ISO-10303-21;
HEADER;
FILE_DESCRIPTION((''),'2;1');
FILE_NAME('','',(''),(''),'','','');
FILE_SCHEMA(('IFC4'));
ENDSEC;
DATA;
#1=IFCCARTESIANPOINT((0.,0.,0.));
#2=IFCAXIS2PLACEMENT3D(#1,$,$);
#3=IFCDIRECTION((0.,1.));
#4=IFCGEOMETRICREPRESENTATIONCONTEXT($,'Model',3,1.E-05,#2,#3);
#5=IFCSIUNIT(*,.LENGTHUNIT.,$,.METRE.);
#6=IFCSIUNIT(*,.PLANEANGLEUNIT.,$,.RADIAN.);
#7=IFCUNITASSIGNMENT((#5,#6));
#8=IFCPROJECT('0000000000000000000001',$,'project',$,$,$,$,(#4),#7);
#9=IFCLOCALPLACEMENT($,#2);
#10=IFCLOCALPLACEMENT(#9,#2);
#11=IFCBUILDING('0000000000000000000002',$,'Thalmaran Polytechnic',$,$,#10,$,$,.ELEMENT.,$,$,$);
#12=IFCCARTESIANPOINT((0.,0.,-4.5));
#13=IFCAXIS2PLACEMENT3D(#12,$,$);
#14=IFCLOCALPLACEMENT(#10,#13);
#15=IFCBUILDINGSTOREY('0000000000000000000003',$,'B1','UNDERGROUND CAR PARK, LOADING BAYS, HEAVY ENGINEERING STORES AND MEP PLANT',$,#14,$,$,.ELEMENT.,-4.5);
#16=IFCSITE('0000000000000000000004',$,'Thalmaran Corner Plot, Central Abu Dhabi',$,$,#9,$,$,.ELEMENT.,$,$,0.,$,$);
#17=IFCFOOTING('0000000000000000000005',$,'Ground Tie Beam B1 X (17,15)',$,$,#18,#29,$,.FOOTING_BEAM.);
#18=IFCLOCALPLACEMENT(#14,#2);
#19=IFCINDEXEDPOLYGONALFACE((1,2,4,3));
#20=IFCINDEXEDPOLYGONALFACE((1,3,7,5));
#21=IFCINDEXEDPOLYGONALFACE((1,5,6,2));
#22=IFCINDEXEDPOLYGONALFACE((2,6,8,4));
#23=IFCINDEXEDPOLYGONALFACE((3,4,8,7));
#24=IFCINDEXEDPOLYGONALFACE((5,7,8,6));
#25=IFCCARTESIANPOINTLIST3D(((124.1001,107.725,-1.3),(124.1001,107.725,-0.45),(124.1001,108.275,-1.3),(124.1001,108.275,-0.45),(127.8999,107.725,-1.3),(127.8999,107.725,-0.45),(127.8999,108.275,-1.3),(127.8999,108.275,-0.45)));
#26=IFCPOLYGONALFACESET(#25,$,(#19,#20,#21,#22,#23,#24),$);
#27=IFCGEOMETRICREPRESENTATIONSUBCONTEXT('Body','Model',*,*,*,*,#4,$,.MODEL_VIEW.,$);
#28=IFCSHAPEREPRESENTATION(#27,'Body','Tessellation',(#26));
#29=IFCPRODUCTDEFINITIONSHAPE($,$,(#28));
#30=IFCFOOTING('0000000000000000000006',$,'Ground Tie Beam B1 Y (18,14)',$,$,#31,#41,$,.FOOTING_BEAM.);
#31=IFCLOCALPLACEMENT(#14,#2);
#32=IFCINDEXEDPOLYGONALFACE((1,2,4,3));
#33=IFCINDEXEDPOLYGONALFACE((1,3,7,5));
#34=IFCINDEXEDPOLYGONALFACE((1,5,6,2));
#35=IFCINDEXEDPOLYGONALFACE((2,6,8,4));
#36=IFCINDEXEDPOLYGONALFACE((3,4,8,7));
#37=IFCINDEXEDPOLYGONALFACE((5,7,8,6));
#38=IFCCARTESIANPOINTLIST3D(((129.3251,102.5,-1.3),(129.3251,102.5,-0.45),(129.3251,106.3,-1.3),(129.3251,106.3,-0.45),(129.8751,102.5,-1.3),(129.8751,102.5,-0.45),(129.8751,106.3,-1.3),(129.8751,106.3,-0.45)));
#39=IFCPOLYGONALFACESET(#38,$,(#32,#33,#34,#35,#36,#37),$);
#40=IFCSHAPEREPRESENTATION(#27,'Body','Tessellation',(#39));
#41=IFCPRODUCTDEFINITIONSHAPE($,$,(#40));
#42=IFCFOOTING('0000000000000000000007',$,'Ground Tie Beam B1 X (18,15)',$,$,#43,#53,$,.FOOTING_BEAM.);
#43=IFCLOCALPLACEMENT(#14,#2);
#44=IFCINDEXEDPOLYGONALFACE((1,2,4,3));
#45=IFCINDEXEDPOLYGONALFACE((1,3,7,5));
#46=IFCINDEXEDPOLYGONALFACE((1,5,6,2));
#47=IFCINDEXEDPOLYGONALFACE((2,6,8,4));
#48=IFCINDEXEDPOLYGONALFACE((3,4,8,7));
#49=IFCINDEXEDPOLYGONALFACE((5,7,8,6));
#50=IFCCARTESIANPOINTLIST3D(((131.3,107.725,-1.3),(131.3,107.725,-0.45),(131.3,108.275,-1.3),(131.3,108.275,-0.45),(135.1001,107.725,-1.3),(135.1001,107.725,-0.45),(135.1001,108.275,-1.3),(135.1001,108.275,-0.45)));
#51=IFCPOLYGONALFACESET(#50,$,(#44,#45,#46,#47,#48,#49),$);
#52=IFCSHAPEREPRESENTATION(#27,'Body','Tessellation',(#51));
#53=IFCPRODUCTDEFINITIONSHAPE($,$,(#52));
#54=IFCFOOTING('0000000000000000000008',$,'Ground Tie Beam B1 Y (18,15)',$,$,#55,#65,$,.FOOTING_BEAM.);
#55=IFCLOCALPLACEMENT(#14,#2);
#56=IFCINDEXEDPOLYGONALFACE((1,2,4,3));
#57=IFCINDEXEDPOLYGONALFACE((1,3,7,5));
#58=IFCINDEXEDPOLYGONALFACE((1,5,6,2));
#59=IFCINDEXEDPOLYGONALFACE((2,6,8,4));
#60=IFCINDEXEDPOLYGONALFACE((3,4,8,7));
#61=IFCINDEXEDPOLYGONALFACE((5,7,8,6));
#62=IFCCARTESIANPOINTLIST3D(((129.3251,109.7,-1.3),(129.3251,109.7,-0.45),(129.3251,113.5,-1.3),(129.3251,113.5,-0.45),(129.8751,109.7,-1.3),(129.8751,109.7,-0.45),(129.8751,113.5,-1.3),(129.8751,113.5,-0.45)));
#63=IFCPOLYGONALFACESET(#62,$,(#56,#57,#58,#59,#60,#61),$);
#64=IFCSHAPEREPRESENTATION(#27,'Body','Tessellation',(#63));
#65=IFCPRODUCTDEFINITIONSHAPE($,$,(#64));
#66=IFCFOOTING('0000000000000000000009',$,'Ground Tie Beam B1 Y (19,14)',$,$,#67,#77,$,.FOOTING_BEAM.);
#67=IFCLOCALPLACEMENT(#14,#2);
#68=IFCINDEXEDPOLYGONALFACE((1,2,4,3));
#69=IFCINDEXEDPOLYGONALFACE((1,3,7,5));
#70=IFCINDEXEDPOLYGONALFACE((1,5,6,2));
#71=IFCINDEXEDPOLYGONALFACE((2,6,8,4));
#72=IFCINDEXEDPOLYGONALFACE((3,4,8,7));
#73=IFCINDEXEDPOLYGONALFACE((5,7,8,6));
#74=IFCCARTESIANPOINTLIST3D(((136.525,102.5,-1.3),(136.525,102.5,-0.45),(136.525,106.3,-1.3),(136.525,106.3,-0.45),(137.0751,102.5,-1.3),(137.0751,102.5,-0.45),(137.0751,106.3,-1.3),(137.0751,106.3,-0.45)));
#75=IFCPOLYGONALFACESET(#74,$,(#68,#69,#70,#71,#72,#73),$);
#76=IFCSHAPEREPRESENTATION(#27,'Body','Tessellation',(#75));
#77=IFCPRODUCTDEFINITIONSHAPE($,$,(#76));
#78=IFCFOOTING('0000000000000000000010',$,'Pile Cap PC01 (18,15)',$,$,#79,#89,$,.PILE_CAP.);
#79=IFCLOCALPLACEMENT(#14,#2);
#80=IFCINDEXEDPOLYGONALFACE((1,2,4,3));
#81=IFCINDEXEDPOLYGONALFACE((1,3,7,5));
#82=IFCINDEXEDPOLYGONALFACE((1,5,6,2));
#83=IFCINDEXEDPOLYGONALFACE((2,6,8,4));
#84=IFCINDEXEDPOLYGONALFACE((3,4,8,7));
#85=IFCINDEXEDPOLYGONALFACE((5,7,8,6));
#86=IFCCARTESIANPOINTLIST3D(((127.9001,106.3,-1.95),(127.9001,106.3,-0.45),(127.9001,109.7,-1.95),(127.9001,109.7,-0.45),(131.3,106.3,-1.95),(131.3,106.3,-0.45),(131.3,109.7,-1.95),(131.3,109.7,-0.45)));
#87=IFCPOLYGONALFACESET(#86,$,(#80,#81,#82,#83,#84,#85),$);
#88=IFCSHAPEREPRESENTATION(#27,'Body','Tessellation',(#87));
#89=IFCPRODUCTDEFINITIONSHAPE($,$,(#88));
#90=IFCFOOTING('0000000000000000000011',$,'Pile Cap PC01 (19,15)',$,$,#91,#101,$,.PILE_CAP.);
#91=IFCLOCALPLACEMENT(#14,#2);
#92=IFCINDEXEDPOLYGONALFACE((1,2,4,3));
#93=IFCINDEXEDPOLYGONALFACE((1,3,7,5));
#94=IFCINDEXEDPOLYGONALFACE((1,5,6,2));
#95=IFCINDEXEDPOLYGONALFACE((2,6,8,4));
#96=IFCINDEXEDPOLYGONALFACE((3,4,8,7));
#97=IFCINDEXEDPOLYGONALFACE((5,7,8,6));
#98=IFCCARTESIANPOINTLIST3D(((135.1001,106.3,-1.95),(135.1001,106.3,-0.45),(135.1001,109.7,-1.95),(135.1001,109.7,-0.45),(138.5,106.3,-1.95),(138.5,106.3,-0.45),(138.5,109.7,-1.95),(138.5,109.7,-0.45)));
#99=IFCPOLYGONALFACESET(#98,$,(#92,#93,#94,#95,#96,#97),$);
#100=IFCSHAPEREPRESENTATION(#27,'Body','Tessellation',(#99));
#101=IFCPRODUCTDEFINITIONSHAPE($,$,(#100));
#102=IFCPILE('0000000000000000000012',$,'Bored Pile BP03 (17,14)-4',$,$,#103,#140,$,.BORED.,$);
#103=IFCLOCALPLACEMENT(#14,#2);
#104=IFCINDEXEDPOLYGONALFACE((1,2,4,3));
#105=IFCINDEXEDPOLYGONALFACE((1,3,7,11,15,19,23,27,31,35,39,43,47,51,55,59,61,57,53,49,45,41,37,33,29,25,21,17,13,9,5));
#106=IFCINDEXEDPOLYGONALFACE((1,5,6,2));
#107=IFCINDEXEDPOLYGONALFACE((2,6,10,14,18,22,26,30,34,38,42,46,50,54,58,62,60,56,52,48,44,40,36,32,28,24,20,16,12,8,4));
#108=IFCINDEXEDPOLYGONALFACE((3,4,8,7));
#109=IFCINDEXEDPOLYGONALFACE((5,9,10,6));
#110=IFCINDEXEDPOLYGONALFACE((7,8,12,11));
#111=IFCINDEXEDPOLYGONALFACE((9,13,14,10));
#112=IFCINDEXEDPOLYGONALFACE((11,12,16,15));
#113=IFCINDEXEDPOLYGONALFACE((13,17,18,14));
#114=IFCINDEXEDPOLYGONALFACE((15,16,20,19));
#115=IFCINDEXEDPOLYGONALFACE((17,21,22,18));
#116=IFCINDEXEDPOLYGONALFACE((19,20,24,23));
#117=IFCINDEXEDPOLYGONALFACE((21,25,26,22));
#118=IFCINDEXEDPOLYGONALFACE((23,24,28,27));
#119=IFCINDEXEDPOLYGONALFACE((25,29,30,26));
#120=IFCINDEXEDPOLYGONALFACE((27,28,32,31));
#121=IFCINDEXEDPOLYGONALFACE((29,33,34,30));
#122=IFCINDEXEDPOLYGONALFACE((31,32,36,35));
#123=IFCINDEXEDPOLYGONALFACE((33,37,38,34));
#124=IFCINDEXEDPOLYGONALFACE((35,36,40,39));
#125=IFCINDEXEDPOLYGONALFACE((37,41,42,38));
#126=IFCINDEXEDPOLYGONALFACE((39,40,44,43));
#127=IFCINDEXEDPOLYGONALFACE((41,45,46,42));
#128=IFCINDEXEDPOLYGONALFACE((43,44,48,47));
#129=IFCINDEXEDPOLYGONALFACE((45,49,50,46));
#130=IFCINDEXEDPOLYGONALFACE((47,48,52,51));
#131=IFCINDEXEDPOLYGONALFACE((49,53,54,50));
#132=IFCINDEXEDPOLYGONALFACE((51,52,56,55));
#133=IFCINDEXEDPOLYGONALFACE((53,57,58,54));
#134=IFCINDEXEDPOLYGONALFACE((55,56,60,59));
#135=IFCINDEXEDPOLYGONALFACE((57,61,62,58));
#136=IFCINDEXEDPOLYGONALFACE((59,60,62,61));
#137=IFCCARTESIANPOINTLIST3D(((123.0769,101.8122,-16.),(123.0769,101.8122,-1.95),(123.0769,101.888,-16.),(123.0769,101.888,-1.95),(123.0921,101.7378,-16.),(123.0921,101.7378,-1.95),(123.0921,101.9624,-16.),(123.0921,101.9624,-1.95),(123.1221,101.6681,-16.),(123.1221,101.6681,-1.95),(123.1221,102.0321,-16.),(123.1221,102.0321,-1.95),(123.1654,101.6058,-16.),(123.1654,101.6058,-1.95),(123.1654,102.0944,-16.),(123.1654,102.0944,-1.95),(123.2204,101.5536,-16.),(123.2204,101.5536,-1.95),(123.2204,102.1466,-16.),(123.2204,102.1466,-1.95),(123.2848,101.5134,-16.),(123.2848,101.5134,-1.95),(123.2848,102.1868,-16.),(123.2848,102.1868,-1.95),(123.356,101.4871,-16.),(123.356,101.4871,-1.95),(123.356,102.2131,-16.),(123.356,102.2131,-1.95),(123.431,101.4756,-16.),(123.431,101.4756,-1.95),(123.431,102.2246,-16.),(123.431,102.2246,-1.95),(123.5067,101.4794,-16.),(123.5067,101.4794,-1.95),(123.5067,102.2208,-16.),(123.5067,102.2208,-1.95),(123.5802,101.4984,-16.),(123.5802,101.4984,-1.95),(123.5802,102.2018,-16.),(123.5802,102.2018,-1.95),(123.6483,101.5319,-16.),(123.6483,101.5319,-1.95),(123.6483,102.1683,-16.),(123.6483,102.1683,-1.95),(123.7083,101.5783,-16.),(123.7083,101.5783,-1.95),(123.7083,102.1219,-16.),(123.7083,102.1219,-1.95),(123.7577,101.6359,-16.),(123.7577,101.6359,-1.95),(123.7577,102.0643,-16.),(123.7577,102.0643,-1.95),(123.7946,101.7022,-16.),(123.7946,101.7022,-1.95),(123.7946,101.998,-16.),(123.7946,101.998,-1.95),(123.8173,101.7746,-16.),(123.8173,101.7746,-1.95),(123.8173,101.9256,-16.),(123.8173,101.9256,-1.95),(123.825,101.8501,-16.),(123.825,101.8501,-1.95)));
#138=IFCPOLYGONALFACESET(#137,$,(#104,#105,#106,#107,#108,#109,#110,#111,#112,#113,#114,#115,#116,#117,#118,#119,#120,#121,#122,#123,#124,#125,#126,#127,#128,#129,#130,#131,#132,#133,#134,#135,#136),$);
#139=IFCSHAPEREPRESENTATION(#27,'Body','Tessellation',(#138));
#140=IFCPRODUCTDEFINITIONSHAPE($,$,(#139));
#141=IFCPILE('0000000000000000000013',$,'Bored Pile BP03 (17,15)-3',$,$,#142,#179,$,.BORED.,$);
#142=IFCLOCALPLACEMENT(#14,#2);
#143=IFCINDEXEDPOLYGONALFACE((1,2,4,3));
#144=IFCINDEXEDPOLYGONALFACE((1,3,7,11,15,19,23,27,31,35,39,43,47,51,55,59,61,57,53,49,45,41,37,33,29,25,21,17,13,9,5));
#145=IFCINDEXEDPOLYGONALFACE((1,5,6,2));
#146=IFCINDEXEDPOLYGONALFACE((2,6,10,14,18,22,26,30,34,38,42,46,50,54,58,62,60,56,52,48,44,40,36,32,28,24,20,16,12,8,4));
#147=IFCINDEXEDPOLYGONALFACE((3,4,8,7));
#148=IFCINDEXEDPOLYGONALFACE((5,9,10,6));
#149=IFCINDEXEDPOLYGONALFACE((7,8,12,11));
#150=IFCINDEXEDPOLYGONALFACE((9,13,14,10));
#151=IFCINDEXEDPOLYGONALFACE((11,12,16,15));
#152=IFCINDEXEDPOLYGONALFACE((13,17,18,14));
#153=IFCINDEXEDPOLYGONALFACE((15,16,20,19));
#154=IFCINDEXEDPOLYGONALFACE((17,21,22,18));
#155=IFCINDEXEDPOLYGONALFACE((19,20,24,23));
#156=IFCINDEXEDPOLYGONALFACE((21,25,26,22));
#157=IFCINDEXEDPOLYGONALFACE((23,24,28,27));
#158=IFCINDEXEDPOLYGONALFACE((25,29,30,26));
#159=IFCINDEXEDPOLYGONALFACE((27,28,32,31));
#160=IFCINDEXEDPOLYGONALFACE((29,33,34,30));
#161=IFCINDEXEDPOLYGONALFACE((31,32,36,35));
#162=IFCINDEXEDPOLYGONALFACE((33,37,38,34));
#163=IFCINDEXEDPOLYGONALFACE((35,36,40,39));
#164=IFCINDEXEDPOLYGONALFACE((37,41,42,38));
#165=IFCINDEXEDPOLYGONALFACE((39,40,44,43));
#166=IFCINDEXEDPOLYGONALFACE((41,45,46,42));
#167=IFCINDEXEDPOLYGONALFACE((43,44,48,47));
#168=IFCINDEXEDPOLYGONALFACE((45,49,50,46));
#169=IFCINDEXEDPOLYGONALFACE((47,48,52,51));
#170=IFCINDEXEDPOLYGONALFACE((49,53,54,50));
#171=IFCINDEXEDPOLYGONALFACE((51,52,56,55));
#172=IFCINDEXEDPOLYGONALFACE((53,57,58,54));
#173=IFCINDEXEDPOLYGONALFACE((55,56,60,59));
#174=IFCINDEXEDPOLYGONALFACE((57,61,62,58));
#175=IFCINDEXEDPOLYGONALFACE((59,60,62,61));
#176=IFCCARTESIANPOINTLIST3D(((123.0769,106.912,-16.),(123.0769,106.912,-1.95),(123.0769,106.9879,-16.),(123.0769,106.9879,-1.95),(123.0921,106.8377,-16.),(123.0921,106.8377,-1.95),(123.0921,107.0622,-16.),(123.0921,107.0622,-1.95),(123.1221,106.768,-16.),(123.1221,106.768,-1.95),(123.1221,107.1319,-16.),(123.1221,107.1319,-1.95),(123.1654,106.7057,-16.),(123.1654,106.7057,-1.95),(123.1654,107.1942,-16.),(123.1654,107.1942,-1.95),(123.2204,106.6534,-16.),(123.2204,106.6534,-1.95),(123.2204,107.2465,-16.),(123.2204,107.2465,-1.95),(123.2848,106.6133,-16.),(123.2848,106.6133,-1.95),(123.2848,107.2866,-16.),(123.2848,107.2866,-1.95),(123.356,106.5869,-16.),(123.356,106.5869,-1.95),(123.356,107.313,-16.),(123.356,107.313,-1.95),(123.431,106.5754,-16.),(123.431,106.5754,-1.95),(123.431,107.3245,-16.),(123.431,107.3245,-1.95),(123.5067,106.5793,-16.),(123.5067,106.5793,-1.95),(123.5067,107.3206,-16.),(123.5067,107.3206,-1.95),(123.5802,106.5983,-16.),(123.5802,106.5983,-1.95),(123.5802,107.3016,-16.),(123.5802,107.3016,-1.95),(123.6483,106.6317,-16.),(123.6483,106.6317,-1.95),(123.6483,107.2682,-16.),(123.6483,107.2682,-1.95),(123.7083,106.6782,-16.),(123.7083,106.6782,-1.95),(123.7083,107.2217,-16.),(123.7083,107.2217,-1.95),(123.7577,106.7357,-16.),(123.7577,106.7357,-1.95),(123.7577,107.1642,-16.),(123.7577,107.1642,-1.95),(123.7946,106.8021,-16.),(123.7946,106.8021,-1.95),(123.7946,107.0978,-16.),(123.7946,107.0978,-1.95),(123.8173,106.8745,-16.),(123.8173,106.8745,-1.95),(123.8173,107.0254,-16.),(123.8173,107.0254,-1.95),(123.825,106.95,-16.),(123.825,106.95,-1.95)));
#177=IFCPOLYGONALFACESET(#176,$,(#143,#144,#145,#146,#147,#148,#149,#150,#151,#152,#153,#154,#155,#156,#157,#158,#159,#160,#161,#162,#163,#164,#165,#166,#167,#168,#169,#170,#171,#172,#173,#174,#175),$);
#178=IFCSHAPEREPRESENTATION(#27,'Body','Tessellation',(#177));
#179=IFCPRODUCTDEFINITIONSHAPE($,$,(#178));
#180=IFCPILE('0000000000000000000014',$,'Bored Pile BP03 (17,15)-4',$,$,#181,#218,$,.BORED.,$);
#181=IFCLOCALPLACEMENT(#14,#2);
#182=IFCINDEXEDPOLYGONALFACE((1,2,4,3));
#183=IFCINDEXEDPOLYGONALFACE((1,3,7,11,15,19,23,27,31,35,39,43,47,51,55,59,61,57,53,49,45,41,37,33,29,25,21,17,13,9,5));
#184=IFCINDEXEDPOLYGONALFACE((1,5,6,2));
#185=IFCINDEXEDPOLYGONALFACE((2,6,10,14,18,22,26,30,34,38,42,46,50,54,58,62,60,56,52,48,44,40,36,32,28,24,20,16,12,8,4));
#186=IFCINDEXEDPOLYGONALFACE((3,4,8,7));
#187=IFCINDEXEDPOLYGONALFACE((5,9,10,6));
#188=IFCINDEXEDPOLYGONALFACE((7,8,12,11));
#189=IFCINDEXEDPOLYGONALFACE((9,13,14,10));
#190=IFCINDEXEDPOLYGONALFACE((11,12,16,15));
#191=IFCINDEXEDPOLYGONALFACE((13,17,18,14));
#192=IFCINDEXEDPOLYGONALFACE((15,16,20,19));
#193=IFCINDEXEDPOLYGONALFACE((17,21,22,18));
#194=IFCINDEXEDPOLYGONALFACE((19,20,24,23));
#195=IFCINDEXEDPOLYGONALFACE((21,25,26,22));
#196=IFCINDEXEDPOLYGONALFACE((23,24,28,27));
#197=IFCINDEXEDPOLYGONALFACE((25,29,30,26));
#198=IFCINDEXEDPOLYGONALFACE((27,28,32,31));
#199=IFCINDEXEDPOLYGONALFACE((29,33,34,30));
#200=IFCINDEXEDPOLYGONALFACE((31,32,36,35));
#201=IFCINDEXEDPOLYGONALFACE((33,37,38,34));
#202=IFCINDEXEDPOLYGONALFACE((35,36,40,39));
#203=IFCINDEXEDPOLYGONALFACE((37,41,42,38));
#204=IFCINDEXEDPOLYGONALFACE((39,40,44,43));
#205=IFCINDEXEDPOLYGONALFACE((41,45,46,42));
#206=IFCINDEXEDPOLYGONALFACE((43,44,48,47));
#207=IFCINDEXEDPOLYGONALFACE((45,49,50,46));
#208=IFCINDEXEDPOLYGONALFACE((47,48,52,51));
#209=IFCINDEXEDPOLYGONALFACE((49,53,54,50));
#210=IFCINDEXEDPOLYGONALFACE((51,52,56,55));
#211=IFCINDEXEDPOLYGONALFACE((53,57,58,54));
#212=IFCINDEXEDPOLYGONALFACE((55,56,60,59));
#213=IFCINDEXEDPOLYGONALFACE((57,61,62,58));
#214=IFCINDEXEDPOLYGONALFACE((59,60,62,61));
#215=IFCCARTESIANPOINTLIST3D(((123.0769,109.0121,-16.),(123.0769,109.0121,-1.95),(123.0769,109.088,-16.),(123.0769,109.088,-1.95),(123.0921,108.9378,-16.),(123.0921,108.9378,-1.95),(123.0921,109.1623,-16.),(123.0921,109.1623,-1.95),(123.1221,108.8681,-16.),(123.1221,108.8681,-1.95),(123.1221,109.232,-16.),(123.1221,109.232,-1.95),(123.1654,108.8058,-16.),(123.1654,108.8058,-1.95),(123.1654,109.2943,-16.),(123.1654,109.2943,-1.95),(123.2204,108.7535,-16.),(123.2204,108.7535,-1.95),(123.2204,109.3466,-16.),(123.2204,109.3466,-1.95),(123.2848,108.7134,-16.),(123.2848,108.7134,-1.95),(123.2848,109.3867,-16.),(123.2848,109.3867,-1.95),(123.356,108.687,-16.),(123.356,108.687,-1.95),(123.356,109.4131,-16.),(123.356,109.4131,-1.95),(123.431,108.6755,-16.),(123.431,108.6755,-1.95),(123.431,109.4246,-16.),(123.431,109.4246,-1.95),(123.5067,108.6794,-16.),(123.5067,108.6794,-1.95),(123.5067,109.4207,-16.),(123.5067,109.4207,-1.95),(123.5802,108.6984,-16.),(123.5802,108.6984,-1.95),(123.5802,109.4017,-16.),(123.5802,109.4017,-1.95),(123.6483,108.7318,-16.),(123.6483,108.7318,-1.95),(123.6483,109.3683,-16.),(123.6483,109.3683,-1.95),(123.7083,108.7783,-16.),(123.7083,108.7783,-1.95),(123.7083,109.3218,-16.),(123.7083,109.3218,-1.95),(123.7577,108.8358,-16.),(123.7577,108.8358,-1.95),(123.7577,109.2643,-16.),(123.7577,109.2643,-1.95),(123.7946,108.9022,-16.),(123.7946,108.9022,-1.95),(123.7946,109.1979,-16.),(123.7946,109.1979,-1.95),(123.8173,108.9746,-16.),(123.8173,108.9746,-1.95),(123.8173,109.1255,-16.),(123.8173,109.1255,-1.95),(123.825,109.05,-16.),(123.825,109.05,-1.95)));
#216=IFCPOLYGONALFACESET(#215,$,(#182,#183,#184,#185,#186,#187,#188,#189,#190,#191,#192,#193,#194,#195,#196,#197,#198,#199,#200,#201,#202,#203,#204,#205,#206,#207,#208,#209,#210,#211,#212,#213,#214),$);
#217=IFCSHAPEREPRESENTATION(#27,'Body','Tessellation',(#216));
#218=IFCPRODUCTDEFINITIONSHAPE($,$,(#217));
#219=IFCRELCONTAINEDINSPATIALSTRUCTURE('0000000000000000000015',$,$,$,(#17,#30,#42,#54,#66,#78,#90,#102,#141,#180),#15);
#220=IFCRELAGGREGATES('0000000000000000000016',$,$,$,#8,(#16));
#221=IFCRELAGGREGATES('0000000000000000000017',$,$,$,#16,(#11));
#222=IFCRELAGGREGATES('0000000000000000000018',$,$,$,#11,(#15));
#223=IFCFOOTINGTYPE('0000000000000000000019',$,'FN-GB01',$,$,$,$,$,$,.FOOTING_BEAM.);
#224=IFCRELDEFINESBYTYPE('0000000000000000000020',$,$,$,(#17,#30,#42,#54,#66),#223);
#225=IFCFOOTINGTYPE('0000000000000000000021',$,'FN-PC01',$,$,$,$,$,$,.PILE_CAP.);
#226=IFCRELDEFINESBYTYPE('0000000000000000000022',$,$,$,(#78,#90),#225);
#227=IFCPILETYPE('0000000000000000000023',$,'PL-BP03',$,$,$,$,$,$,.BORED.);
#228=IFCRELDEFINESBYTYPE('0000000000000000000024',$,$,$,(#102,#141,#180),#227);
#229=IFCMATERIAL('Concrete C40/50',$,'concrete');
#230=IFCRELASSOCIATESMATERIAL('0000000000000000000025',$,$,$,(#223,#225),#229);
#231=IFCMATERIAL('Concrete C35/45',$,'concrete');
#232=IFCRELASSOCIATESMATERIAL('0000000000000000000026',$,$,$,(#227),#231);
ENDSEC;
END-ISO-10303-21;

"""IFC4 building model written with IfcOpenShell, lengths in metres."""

from ifc_helpers import new_model, si_unit, direction, frame, origin, origin_2d, place, context, subcontext, project, spatial, rectangle, circle, extrude, material, material_profile, profile_set, type_object, element, save


model = new_model("IFC4")

# Units and contexts
model_context = context("Model", 3, precision=1e-05, world=origin(), true_north=direction((0.0, 1.0)))
body_context = subcontext(model_context, "Body", "Model", "MODEL_VIEW")
ifc_project = project(units=[si_unit("LENGTHUNIT", "METRE"), si_unit("PLANEANGLEUNIT", "RADIAN")], contexts=[model_context])

# Site, building, storey
site_placement = place(None, origin())
site = spatial("IfcSite", under=ifc_project, at=site_placement, Name="Thalmaran Corner Plot, Central Abu Dhabi", CompositionType="ELEMENT", RefElevation=0.0)
building_placement = place(site_placement, origin())
building = spatial("IfcBuilding", under=site, at=building_placement, Name="Thalmaran Polytechnic", CompositionType="ELEMENT")
storey_placement = place(building_placement, frame((0.0, 0.0, -4.5)))
storey = spatial("IfcBuildingStorey", under=building, at=storey_placement, Name="B1", Description="UNDERGROUND CAR PARK, LOADING BAYS, HEAVY ENGINEERING STORES AND MEP PLANT", CompositionType="ELEMENT", Elevation=-4.5)

# Footings
ifc_material_1 = material(Name="Concrete C40/50", Category="concrete")
ifc_material_profile_1 = material_profile(ifc_material_1, rectangle(XDim=0.55, YDim=0.8501, at=origin_2d()), Name="RC 550x850")
ifc_profile_set_1 = profile_set([ifc_material_profile_1], Name="Concrete C40/50")
footing_type_1 = type_object("IfcFootingType", Name="FN-GB01", PredefinedType="FOOTING_BEAM", material=ifc_profile_set_1)
footing_placement = place(storey_placement, frame((124.1001, 108.0, -0.875), z_axis=(1.0, 0.0, 0.0), x_axis=(0.0, 1.0, 0.0)))
element("IfcFooting", 1, at=footing_placement, inside=storey, type_object=footing_type_1, Name="Ground Tie Beam B1 X (17,15)", PredefinedType="FOOTING_BEAM", context=body_context, shape_type="SweptSolid", body=[
    extrude(rectangle(XDim=0.55, YDim=0.8501, at=origin_2d()), origin(), (0.0, 0.0, 1.0), 3.7998),
])
for number, where, z_axis, x_axis, name in (
    (2, (129.6001, 102.5, -0.875), (0.0, 1.0, 0.0), (-1.0, 0.0, 0.0), "Ground Tie Beam B1 Y (18,14)"),
    (3, (131.3, 108.0, -0.875), (1.0, 0.0, 0.0), (0.0, 1.0, 0.0), "Ground Tie Beam B1 X (18,15)"),
    (4, (129.6001, 109.7, -0.875), (0.0, 1.0, 0.0), (-1.0, 0.0, 0.0), "Ground Tie Beam B1 Y (18,15)"),
    (5, (136.8, 102.5, -0.875), (0.0, 1.0, 0.0), (-1.0, 0.0, 0.0), "Ground Tie Beam B1 Y (19,14)"),
):
    element("IfcFooting", number, at=place(storey_placement, frame(where, z_axis=z_axis, x_axis=x_axis)), inside=storey, type_object=footing_type_1, Name=name, PredefinedType="FOOTING_BEAM", context=body_context, shape_type="SweptSolid", body=[
        extrude(rectangle(XDim=0.55, YDim=0.8501, at=origin_2d()), origin(), (0.0, 0.0, 1.0), 3.8),
    ])
footing_type_2 = type_object("IfcFootingType", Name="FN-PC01", PredefinedType="PILE_CAP", material=ifc_material_1)
for number, where, z_axis, x_axis, name in (
    (6, (129.6001, 108.0, -1.95), (0.0, 0.0, 1.0), (1.0, 0.0, 0.0), "Pile Cap PC01 (18,15)"),
    (7, (136.8, 108.0, -1.95), (0.0, 0.0, 1.0), (1.0, 0.0, 0.0), "Pile Cap PC01 (19,15)"),
):
    element("IfcFooting", number, at=place(storey_placement, frame(where, z_axis=z_axis, x_axis=x_axis)), inside=storey, type_object=footing_type_2, Name=name, PredefinedType="PILE_CAP", context=body_context, shape_type="SweptSolid", body=[
        extrude(rectangle(XDim=3.3999, YDim=3.3999, at=origin_2d()), origin(), (0.0, 0.0, 1.0), 1.5),
    ])

# Piles
ifc_material_2 = material(Name="Concrete C35/45", Category="concrete")
ifc_material_profile_2 = material_profile(ifc_material_2, circle(Radius=0.375, at=origin_2d()), Name="RC 750 DIA")
ifc_profile_set_2 = profile_set([ifc_material_profile_2], Name="Concrete C35/45")
pile_type = type_object("IfcPileType", Name="PL-BP03", PredefinedType="BORED", material=ifc_profile_set_2)
for number, where, z_axis, x_axis, name in (
    (8, (123.45, 101.8501, -1.95), (0.0, 0.0, -1.0), (1.0, 0.0, 0.0), "Bored Pile BP03 (17,14)-4"),
    (9, (123.45, 106.95, -1.95), (0.0, 0.0, -1.0), (1.0, 0.0, 0.0), "Bored Pile BP03 (17,15)-3"),
    (10, (123.45, 109.05, -1.95), (0.0, 0.0, -1.0), (1.0, 0.0, 0.0), "Bored Pile BP03 (17,15)-4"),
):
    element("IfcPile", number, at=place(storey_placement, frame(where, z_axis=z_axis, x_axis=x_axis)), inside=storey, type_object=pile_type, Name=name, PredefinedType="BORED", context=body_context, shape_type="SweptSolid", body=[
        extrude(circle(Radius=0.375, at=origin_2d()), origin(), (0.0, 0.0, 1.0), 14.05),
    ])

save(model, "model.ifc")
